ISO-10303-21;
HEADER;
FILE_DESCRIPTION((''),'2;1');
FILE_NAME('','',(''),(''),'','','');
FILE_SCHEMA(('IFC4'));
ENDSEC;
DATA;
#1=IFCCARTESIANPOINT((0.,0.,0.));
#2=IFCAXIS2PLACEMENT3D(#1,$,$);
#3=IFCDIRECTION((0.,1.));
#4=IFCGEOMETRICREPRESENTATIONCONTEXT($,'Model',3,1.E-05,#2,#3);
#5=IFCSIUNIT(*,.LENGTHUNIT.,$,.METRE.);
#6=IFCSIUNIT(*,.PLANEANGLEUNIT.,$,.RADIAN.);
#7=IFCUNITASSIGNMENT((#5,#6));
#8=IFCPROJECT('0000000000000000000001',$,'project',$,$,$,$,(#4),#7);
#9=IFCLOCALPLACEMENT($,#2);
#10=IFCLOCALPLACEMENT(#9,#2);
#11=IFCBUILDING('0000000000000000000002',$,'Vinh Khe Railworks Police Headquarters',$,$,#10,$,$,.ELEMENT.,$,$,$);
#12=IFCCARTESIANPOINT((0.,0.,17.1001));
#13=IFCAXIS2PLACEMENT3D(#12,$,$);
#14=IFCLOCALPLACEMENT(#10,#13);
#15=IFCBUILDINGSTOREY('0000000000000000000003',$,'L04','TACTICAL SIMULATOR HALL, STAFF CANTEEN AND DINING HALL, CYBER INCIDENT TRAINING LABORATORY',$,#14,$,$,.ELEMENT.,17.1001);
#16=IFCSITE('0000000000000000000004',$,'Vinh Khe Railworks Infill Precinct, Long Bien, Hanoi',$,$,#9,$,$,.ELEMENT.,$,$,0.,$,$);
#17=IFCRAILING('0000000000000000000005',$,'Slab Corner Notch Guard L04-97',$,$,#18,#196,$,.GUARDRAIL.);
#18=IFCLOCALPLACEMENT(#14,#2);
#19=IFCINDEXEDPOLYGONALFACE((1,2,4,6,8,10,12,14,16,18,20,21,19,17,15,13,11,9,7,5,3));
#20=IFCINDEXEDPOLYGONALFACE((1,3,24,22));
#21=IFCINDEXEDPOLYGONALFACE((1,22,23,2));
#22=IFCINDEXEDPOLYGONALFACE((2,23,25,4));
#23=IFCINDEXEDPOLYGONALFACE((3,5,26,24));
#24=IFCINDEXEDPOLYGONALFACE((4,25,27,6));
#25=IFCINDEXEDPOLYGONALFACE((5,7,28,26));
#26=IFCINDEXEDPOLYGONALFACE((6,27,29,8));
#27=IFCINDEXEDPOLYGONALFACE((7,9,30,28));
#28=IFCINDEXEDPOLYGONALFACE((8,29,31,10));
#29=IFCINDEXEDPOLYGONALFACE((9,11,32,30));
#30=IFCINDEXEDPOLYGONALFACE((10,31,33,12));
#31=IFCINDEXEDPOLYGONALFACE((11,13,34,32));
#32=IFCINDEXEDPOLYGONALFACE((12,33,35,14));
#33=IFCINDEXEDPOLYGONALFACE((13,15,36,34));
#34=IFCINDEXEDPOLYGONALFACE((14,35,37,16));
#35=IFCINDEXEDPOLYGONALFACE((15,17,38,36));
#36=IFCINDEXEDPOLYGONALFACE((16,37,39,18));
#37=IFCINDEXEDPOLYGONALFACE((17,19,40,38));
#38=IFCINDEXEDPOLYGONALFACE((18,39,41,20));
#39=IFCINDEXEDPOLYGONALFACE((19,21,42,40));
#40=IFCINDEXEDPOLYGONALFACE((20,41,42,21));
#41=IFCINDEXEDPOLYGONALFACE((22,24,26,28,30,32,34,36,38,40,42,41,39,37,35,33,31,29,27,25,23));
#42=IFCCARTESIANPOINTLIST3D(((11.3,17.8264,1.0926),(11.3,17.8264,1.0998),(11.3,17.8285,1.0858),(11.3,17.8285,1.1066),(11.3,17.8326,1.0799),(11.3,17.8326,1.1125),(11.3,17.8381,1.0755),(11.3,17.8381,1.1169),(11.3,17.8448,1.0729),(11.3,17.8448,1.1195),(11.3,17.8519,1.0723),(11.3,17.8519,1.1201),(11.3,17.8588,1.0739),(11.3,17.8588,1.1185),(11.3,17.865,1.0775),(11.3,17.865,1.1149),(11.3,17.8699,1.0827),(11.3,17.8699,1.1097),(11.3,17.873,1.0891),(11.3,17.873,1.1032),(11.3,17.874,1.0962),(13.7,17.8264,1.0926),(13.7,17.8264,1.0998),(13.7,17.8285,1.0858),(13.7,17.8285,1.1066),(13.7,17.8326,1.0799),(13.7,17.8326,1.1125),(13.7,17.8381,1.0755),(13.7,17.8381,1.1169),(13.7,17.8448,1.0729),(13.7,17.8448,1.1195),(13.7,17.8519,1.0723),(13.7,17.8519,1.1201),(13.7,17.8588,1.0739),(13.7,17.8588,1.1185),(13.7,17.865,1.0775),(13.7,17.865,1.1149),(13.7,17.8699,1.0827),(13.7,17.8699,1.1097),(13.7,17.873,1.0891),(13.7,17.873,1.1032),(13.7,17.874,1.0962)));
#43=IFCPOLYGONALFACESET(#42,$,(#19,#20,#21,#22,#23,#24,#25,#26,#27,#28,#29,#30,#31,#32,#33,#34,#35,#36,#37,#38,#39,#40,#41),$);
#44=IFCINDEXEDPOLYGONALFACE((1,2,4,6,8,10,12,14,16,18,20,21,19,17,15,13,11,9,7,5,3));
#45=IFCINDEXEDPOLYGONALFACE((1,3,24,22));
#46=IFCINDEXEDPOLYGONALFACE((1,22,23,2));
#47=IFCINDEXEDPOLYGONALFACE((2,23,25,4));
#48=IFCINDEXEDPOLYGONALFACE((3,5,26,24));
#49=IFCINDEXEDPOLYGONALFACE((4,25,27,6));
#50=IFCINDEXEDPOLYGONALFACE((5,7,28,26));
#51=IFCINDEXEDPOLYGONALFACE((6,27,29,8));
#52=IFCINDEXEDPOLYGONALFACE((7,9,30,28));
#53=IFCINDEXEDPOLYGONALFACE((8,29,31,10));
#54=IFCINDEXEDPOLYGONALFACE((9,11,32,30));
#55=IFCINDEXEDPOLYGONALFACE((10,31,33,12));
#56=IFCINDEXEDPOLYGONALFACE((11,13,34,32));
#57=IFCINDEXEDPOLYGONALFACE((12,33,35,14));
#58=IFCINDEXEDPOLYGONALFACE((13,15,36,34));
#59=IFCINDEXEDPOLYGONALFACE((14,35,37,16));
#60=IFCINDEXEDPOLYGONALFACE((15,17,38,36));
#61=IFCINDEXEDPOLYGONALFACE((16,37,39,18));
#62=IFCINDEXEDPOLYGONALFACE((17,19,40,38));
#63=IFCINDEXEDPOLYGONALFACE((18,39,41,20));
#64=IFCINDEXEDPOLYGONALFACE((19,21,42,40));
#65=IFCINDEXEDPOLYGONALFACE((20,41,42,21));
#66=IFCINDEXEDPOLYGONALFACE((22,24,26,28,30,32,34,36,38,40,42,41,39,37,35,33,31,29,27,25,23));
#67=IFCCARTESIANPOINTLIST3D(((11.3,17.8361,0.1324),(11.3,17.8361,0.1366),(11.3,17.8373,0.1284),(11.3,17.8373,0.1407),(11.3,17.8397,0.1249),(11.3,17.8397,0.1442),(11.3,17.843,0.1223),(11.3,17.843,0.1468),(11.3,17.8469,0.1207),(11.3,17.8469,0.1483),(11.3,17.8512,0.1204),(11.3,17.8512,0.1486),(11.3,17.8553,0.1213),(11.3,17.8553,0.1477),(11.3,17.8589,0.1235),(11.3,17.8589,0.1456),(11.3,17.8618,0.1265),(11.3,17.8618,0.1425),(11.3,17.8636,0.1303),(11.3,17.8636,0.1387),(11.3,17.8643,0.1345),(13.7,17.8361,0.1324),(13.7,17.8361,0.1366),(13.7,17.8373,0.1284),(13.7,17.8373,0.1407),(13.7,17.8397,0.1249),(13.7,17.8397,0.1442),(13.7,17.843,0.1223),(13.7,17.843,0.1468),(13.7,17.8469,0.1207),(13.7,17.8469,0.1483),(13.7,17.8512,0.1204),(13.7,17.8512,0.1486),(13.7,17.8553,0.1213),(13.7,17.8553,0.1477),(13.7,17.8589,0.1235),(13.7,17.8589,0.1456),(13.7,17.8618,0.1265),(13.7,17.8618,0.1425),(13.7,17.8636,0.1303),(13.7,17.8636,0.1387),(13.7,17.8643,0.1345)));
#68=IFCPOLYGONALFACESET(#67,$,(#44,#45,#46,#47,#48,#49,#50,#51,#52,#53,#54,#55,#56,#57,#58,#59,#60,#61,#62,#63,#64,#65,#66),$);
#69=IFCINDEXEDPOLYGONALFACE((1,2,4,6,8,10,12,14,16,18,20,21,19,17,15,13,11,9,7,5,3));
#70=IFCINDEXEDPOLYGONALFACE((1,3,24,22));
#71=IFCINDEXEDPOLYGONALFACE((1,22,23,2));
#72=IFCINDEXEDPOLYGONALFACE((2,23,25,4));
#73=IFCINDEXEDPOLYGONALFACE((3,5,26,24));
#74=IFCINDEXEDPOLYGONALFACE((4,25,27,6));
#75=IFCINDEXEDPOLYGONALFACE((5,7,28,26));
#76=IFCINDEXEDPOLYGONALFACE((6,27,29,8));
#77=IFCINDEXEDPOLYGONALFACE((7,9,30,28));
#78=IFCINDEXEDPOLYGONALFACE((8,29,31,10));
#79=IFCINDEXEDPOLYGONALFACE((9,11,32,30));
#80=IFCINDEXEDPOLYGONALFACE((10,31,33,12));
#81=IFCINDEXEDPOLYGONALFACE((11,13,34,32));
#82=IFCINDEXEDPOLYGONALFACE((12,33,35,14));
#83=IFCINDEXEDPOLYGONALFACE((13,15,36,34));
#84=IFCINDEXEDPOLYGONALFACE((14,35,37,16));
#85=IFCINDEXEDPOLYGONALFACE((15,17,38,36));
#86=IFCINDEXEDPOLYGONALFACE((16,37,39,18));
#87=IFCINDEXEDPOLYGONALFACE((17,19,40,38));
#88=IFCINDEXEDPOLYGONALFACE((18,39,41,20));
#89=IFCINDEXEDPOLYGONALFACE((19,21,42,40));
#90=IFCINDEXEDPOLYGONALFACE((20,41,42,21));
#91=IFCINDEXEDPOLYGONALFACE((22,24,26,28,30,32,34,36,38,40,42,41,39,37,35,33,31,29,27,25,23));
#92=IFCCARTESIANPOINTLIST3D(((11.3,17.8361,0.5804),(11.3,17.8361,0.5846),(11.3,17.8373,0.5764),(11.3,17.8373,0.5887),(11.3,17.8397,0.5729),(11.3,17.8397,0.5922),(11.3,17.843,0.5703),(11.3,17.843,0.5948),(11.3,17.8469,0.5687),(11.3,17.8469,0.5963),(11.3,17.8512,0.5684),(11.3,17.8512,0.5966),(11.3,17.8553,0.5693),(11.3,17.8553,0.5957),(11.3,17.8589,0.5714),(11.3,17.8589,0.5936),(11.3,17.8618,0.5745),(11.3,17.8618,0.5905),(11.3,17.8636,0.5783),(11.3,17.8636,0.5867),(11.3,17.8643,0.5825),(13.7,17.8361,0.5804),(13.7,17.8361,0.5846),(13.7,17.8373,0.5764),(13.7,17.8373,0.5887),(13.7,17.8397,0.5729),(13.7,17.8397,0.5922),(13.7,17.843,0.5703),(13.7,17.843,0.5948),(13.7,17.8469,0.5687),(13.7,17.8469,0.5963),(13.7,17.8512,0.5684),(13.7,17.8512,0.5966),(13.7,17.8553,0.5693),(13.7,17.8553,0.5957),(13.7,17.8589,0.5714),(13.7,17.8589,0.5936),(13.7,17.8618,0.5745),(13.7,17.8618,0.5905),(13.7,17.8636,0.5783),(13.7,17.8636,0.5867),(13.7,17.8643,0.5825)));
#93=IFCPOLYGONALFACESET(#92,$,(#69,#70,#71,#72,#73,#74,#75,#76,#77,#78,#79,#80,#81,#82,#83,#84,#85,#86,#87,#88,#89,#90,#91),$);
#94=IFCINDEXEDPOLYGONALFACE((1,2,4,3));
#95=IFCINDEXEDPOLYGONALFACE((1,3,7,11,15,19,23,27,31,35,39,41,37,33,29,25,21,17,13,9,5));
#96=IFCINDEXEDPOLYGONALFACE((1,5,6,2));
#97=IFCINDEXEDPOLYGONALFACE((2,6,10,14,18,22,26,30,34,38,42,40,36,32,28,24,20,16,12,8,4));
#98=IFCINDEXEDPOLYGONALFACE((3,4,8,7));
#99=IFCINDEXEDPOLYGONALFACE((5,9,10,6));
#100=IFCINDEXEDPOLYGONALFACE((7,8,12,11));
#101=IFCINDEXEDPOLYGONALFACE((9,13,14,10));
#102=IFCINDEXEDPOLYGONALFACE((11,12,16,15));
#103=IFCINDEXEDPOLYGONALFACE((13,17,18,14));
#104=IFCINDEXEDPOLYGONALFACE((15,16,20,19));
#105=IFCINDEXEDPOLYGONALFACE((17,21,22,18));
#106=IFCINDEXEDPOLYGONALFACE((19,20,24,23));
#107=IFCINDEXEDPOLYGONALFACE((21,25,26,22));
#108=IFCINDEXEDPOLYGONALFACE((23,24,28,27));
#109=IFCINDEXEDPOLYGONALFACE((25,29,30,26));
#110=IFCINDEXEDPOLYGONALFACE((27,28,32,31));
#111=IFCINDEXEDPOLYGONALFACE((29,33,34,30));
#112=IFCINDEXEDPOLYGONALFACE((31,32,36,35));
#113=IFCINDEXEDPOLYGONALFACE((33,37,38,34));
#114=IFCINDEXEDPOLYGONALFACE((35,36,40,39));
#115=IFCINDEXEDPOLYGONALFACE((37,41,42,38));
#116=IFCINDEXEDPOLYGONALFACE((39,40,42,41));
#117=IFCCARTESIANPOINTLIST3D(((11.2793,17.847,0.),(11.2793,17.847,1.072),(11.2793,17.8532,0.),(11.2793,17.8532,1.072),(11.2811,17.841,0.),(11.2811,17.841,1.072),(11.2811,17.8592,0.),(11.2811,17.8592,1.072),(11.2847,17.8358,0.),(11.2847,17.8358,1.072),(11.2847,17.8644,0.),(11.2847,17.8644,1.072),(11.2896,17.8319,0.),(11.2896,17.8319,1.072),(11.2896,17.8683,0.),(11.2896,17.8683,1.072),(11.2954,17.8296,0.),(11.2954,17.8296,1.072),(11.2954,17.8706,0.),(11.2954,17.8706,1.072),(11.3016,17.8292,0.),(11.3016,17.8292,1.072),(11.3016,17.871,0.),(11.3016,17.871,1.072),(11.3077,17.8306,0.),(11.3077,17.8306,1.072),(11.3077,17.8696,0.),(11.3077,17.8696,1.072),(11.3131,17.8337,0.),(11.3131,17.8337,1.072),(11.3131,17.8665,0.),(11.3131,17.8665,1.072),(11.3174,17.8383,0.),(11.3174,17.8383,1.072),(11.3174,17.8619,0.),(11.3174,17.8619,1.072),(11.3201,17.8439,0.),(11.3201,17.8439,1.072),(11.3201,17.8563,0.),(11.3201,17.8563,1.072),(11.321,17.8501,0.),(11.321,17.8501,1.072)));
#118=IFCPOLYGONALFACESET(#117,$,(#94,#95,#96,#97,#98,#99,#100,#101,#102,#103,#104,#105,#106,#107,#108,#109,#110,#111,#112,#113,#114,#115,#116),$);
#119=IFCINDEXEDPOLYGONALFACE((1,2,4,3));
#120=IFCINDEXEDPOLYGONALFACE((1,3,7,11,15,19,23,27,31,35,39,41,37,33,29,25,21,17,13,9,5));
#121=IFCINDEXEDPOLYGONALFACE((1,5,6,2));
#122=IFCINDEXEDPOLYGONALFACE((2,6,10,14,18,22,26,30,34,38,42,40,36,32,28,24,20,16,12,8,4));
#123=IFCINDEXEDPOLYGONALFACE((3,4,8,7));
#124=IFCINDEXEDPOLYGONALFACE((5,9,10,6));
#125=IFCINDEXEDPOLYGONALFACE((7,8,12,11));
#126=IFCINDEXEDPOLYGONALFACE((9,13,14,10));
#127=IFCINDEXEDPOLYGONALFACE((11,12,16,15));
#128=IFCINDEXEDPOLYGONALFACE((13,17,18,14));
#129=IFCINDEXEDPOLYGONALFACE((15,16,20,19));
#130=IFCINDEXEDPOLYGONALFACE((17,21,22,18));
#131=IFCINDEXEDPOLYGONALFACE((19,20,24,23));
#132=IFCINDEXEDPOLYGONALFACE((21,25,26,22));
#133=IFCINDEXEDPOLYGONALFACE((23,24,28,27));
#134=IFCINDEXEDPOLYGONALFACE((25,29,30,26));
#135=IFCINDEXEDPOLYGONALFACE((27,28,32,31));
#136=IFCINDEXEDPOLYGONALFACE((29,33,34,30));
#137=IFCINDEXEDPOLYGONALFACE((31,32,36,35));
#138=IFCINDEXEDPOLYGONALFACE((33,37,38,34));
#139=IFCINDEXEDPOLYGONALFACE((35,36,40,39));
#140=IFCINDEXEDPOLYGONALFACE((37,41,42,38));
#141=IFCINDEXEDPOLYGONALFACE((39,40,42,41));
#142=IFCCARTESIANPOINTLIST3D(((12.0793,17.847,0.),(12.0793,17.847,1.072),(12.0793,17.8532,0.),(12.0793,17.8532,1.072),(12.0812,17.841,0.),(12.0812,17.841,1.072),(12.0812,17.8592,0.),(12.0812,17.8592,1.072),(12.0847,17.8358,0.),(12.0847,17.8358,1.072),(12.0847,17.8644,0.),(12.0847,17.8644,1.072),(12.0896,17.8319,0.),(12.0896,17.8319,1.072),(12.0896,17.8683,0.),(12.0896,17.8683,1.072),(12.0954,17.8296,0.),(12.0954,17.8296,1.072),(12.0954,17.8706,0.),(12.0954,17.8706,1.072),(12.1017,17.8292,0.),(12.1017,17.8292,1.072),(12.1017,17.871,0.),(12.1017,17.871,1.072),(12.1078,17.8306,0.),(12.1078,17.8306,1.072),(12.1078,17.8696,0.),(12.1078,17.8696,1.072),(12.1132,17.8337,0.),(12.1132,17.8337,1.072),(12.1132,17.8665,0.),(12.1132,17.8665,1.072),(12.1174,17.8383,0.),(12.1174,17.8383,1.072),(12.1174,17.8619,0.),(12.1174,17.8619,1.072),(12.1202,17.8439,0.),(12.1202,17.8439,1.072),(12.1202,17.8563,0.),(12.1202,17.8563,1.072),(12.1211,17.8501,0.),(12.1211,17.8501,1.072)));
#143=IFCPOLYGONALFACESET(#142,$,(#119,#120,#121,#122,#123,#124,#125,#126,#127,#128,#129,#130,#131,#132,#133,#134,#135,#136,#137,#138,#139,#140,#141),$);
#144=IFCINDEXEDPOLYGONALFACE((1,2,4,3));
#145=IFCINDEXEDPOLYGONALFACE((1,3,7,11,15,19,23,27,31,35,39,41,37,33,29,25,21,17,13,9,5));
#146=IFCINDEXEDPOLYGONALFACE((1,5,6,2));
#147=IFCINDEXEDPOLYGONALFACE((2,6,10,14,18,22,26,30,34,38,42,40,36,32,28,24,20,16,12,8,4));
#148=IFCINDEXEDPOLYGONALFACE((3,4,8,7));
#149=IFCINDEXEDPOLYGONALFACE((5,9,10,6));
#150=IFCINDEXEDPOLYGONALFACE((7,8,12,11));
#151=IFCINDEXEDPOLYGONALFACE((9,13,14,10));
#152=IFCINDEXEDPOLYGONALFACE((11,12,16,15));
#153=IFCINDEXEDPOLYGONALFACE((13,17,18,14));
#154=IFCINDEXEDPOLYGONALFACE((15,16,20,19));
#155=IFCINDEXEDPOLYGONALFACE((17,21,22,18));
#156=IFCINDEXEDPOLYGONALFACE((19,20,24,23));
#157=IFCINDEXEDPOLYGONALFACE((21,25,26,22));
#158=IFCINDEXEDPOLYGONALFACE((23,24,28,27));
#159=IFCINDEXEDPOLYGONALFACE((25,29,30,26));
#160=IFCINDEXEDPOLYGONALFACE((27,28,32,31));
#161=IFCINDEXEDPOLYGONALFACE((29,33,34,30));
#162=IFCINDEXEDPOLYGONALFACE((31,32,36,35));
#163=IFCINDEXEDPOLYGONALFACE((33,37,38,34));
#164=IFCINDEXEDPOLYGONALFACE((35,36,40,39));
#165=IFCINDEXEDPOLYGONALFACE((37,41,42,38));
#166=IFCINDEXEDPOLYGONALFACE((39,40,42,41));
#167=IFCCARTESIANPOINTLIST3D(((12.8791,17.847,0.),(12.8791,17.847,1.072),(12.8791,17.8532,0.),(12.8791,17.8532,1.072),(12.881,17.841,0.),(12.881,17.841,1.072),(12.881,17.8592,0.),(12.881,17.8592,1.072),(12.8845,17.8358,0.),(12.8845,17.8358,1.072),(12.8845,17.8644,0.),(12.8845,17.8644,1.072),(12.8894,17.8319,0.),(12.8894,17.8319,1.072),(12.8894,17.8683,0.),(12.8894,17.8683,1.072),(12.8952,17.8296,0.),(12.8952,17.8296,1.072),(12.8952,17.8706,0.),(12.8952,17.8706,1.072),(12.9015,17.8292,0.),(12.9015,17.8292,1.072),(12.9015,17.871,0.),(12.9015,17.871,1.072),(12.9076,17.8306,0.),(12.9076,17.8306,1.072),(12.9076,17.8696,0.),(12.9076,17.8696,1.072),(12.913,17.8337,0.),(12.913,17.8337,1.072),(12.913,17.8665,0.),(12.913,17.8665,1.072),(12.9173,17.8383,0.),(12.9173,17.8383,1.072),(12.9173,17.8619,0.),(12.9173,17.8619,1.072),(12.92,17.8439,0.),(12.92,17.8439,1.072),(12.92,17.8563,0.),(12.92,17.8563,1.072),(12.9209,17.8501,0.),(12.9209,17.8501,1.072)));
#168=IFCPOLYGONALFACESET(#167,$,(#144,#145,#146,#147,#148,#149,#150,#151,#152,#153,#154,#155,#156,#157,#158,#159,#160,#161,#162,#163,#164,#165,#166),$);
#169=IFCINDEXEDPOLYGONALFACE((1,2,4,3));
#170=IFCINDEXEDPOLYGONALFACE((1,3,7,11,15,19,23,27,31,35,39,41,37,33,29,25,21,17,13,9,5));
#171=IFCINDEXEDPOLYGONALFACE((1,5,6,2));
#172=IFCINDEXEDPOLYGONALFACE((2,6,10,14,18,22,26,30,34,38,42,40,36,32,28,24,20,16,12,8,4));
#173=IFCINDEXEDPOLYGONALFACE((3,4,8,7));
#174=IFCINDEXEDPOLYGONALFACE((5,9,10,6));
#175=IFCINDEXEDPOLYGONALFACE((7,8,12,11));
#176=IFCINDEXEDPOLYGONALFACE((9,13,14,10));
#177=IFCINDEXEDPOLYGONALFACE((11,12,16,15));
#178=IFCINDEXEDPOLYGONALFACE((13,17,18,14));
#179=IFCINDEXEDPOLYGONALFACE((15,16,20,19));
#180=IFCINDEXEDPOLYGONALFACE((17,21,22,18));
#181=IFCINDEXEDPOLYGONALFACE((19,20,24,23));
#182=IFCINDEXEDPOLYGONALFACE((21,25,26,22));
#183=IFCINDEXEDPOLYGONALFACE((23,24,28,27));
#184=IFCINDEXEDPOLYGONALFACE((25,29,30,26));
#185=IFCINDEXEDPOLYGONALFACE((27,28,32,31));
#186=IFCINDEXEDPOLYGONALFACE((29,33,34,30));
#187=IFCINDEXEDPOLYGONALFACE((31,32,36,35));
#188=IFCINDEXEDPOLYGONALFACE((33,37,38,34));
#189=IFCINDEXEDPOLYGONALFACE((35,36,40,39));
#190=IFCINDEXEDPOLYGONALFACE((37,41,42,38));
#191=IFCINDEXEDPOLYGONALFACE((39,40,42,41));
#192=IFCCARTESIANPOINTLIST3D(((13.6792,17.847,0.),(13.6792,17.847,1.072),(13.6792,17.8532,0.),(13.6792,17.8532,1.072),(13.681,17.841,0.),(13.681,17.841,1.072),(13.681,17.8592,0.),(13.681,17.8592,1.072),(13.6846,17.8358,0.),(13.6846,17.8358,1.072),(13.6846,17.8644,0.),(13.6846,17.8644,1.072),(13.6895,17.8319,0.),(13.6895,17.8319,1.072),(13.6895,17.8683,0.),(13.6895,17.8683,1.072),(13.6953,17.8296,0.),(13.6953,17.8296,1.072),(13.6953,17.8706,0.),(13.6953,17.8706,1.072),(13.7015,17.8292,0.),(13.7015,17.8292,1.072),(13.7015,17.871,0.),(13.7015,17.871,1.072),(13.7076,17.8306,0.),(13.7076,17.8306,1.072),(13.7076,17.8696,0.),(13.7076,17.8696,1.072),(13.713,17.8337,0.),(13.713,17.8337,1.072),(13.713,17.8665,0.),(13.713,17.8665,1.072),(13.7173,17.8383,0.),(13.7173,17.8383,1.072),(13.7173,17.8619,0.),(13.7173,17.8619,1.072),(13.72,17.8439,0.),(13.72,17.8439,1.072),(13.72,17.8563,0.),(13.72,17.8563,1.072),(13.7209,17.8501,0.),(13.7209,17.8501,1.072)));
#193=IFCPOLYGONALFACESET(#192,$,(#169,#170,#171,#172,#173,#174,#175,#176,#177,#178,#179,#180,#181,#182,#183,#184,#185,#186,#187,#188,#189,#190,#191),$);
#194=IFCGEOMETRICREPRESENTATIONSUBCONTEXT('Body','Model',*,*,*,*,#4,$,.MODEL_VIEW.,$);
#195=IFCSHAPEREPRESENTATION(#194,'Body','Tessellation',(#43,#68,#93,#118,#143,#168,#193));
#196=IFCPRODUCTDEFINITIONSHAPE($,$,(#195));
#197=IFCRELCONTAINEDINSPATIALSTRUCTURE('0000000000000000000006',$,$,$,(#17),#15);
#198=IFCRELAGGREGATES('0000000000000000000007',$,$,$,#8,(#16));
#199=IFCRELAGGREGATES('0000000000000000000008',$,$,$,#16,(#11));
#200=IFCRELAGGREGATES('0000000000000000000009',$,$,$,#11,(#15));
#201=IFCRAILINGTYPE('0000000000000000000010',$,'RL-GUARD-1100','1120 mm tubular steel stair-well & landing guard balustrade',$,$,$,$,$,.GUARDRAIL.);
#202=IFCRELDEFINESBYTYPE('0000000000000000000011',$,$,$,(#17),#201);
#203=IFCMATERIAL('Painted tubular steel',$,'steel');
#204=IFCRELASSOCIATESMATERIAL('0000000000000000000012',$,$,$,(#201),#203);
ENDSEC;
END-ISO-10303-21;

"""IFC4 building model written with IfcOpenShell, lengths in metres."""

from ifc_helpers import new_model, si_unit, direction, frame, origin, origin_2d, place, context, subcontext, project, spatial, circle, extrude, material, type_object, element, save


model = new_model("IFC4")

# Units and contexts
model_context = context("Model", 3, precision=1e-05, world=origin(), true_north=direction((0.0, 1.0)))
body_context = subcontext(model_context, "Body", "Model", "MODEL_VIEW")
ifc_project = project(units=[si_unit("LENGTHUNIT", "METRE"), si_unit("PLANEANGLEUNIT", "RADIAN")], contexts=[model_context])

# Site, building, storey
site_placement = place(None, origin())
site = spatial("IfcSite", under=ifc_project, at=site_placement, Name="Vinh Khe Railworks Infill Precinct, Long Bien, Hanoi", CompositionType="ELEMENT", RefElevation=0.0)
building_placement = place(site_placement, origin())
building = spatial("IfcBuilding", under=site, at=building_placement, Name="Vinh Khe Railworks Police Headquarters", CompositionType="ELEMENT")
storey_placement = place(building_placement, frame((0.0, 0.0, 17.1001)))
storey = spatial("IfcBuildingStorey", under=building, at=storey_placement, Name="L04", Description="TACTICAL SIMULATOR HALL, STAFF CANTEEN AND DINING HALL, CYBER INCIDENT TRAINING LABORATORY", CompositionType="ELEMENT", Elevation=17.1001)

# Railing
ifc_material_1 = material(Name="Painted tubular steel", Category="steel")
railing_type = type_object("IfcRailingType", Name="RL-GUARD-1100", Description="1120 mm tubular steel stair-well & landing guard balustrade", PredefinedType="GUARDRAIL", material=ifc_material_1)
railing_1_placement = place(storey_placement, frame((11.3, 17.8501, 0.0)))
element("IfcRailing", 1, at=railing_1_placement, inside=storey, type_object=railing_type, Name="Slab Corner Notch Guard L04-97", PredefinedType="GUARDRAIL", context=body_context, shape_type="SweptSolid", body=[
    extrude(circle(Radius=0.0239, at=origin_2d()), frame((0.0, 0.0, 1.0962), z_axis=(1.0, 0.0, 0.0), x_axis=(0.0, 1.0, 0.0)), (0.0, 0.0, 1.0), 2.3999),
    extrude(circle(Radius=0.0142, at=origin_2d()), frame((0.0, 0.0, 0.1345), z_axis=(1.0, 0.0, 0.0), x_axis=(0.0, 1.0, 0.0)), (0.0, 0.0, 1.0), 2.3999),
    extrude(circle(Radius=0.0142, at=origin_2d()), frame((0.0, 0.0, 0.5825), z_axis=(1.0, 0.0, 0.0), x_axis=(0.0, 1.0, 0.0)), (0.0, 0.0, 1.0), 2.3999),
    extrude(circle(Radius=0.021, at=origin_2d()), origin(), (0.0, 0.0, 1.0), 1.072),
    extrude(circle(Radius=0.021, at=origin_2d()), frame((0.8, 0.0, 0.0)), (0.0, 0.0, 1.0), 1.072),
    extrude(circle(Radius=0.021, at=origin_2d()), frame((1.5999, 0.0, 0.0)), (0.0, 0.0, 1.0), 1.072),
    extrude(circle(Radius=0.021, at=origin_2d()), frame((2.3999, 0.0, 0.0)), (0.0, 0.0, 1.0), 1.072),
])

save(model, "model.ifc")
